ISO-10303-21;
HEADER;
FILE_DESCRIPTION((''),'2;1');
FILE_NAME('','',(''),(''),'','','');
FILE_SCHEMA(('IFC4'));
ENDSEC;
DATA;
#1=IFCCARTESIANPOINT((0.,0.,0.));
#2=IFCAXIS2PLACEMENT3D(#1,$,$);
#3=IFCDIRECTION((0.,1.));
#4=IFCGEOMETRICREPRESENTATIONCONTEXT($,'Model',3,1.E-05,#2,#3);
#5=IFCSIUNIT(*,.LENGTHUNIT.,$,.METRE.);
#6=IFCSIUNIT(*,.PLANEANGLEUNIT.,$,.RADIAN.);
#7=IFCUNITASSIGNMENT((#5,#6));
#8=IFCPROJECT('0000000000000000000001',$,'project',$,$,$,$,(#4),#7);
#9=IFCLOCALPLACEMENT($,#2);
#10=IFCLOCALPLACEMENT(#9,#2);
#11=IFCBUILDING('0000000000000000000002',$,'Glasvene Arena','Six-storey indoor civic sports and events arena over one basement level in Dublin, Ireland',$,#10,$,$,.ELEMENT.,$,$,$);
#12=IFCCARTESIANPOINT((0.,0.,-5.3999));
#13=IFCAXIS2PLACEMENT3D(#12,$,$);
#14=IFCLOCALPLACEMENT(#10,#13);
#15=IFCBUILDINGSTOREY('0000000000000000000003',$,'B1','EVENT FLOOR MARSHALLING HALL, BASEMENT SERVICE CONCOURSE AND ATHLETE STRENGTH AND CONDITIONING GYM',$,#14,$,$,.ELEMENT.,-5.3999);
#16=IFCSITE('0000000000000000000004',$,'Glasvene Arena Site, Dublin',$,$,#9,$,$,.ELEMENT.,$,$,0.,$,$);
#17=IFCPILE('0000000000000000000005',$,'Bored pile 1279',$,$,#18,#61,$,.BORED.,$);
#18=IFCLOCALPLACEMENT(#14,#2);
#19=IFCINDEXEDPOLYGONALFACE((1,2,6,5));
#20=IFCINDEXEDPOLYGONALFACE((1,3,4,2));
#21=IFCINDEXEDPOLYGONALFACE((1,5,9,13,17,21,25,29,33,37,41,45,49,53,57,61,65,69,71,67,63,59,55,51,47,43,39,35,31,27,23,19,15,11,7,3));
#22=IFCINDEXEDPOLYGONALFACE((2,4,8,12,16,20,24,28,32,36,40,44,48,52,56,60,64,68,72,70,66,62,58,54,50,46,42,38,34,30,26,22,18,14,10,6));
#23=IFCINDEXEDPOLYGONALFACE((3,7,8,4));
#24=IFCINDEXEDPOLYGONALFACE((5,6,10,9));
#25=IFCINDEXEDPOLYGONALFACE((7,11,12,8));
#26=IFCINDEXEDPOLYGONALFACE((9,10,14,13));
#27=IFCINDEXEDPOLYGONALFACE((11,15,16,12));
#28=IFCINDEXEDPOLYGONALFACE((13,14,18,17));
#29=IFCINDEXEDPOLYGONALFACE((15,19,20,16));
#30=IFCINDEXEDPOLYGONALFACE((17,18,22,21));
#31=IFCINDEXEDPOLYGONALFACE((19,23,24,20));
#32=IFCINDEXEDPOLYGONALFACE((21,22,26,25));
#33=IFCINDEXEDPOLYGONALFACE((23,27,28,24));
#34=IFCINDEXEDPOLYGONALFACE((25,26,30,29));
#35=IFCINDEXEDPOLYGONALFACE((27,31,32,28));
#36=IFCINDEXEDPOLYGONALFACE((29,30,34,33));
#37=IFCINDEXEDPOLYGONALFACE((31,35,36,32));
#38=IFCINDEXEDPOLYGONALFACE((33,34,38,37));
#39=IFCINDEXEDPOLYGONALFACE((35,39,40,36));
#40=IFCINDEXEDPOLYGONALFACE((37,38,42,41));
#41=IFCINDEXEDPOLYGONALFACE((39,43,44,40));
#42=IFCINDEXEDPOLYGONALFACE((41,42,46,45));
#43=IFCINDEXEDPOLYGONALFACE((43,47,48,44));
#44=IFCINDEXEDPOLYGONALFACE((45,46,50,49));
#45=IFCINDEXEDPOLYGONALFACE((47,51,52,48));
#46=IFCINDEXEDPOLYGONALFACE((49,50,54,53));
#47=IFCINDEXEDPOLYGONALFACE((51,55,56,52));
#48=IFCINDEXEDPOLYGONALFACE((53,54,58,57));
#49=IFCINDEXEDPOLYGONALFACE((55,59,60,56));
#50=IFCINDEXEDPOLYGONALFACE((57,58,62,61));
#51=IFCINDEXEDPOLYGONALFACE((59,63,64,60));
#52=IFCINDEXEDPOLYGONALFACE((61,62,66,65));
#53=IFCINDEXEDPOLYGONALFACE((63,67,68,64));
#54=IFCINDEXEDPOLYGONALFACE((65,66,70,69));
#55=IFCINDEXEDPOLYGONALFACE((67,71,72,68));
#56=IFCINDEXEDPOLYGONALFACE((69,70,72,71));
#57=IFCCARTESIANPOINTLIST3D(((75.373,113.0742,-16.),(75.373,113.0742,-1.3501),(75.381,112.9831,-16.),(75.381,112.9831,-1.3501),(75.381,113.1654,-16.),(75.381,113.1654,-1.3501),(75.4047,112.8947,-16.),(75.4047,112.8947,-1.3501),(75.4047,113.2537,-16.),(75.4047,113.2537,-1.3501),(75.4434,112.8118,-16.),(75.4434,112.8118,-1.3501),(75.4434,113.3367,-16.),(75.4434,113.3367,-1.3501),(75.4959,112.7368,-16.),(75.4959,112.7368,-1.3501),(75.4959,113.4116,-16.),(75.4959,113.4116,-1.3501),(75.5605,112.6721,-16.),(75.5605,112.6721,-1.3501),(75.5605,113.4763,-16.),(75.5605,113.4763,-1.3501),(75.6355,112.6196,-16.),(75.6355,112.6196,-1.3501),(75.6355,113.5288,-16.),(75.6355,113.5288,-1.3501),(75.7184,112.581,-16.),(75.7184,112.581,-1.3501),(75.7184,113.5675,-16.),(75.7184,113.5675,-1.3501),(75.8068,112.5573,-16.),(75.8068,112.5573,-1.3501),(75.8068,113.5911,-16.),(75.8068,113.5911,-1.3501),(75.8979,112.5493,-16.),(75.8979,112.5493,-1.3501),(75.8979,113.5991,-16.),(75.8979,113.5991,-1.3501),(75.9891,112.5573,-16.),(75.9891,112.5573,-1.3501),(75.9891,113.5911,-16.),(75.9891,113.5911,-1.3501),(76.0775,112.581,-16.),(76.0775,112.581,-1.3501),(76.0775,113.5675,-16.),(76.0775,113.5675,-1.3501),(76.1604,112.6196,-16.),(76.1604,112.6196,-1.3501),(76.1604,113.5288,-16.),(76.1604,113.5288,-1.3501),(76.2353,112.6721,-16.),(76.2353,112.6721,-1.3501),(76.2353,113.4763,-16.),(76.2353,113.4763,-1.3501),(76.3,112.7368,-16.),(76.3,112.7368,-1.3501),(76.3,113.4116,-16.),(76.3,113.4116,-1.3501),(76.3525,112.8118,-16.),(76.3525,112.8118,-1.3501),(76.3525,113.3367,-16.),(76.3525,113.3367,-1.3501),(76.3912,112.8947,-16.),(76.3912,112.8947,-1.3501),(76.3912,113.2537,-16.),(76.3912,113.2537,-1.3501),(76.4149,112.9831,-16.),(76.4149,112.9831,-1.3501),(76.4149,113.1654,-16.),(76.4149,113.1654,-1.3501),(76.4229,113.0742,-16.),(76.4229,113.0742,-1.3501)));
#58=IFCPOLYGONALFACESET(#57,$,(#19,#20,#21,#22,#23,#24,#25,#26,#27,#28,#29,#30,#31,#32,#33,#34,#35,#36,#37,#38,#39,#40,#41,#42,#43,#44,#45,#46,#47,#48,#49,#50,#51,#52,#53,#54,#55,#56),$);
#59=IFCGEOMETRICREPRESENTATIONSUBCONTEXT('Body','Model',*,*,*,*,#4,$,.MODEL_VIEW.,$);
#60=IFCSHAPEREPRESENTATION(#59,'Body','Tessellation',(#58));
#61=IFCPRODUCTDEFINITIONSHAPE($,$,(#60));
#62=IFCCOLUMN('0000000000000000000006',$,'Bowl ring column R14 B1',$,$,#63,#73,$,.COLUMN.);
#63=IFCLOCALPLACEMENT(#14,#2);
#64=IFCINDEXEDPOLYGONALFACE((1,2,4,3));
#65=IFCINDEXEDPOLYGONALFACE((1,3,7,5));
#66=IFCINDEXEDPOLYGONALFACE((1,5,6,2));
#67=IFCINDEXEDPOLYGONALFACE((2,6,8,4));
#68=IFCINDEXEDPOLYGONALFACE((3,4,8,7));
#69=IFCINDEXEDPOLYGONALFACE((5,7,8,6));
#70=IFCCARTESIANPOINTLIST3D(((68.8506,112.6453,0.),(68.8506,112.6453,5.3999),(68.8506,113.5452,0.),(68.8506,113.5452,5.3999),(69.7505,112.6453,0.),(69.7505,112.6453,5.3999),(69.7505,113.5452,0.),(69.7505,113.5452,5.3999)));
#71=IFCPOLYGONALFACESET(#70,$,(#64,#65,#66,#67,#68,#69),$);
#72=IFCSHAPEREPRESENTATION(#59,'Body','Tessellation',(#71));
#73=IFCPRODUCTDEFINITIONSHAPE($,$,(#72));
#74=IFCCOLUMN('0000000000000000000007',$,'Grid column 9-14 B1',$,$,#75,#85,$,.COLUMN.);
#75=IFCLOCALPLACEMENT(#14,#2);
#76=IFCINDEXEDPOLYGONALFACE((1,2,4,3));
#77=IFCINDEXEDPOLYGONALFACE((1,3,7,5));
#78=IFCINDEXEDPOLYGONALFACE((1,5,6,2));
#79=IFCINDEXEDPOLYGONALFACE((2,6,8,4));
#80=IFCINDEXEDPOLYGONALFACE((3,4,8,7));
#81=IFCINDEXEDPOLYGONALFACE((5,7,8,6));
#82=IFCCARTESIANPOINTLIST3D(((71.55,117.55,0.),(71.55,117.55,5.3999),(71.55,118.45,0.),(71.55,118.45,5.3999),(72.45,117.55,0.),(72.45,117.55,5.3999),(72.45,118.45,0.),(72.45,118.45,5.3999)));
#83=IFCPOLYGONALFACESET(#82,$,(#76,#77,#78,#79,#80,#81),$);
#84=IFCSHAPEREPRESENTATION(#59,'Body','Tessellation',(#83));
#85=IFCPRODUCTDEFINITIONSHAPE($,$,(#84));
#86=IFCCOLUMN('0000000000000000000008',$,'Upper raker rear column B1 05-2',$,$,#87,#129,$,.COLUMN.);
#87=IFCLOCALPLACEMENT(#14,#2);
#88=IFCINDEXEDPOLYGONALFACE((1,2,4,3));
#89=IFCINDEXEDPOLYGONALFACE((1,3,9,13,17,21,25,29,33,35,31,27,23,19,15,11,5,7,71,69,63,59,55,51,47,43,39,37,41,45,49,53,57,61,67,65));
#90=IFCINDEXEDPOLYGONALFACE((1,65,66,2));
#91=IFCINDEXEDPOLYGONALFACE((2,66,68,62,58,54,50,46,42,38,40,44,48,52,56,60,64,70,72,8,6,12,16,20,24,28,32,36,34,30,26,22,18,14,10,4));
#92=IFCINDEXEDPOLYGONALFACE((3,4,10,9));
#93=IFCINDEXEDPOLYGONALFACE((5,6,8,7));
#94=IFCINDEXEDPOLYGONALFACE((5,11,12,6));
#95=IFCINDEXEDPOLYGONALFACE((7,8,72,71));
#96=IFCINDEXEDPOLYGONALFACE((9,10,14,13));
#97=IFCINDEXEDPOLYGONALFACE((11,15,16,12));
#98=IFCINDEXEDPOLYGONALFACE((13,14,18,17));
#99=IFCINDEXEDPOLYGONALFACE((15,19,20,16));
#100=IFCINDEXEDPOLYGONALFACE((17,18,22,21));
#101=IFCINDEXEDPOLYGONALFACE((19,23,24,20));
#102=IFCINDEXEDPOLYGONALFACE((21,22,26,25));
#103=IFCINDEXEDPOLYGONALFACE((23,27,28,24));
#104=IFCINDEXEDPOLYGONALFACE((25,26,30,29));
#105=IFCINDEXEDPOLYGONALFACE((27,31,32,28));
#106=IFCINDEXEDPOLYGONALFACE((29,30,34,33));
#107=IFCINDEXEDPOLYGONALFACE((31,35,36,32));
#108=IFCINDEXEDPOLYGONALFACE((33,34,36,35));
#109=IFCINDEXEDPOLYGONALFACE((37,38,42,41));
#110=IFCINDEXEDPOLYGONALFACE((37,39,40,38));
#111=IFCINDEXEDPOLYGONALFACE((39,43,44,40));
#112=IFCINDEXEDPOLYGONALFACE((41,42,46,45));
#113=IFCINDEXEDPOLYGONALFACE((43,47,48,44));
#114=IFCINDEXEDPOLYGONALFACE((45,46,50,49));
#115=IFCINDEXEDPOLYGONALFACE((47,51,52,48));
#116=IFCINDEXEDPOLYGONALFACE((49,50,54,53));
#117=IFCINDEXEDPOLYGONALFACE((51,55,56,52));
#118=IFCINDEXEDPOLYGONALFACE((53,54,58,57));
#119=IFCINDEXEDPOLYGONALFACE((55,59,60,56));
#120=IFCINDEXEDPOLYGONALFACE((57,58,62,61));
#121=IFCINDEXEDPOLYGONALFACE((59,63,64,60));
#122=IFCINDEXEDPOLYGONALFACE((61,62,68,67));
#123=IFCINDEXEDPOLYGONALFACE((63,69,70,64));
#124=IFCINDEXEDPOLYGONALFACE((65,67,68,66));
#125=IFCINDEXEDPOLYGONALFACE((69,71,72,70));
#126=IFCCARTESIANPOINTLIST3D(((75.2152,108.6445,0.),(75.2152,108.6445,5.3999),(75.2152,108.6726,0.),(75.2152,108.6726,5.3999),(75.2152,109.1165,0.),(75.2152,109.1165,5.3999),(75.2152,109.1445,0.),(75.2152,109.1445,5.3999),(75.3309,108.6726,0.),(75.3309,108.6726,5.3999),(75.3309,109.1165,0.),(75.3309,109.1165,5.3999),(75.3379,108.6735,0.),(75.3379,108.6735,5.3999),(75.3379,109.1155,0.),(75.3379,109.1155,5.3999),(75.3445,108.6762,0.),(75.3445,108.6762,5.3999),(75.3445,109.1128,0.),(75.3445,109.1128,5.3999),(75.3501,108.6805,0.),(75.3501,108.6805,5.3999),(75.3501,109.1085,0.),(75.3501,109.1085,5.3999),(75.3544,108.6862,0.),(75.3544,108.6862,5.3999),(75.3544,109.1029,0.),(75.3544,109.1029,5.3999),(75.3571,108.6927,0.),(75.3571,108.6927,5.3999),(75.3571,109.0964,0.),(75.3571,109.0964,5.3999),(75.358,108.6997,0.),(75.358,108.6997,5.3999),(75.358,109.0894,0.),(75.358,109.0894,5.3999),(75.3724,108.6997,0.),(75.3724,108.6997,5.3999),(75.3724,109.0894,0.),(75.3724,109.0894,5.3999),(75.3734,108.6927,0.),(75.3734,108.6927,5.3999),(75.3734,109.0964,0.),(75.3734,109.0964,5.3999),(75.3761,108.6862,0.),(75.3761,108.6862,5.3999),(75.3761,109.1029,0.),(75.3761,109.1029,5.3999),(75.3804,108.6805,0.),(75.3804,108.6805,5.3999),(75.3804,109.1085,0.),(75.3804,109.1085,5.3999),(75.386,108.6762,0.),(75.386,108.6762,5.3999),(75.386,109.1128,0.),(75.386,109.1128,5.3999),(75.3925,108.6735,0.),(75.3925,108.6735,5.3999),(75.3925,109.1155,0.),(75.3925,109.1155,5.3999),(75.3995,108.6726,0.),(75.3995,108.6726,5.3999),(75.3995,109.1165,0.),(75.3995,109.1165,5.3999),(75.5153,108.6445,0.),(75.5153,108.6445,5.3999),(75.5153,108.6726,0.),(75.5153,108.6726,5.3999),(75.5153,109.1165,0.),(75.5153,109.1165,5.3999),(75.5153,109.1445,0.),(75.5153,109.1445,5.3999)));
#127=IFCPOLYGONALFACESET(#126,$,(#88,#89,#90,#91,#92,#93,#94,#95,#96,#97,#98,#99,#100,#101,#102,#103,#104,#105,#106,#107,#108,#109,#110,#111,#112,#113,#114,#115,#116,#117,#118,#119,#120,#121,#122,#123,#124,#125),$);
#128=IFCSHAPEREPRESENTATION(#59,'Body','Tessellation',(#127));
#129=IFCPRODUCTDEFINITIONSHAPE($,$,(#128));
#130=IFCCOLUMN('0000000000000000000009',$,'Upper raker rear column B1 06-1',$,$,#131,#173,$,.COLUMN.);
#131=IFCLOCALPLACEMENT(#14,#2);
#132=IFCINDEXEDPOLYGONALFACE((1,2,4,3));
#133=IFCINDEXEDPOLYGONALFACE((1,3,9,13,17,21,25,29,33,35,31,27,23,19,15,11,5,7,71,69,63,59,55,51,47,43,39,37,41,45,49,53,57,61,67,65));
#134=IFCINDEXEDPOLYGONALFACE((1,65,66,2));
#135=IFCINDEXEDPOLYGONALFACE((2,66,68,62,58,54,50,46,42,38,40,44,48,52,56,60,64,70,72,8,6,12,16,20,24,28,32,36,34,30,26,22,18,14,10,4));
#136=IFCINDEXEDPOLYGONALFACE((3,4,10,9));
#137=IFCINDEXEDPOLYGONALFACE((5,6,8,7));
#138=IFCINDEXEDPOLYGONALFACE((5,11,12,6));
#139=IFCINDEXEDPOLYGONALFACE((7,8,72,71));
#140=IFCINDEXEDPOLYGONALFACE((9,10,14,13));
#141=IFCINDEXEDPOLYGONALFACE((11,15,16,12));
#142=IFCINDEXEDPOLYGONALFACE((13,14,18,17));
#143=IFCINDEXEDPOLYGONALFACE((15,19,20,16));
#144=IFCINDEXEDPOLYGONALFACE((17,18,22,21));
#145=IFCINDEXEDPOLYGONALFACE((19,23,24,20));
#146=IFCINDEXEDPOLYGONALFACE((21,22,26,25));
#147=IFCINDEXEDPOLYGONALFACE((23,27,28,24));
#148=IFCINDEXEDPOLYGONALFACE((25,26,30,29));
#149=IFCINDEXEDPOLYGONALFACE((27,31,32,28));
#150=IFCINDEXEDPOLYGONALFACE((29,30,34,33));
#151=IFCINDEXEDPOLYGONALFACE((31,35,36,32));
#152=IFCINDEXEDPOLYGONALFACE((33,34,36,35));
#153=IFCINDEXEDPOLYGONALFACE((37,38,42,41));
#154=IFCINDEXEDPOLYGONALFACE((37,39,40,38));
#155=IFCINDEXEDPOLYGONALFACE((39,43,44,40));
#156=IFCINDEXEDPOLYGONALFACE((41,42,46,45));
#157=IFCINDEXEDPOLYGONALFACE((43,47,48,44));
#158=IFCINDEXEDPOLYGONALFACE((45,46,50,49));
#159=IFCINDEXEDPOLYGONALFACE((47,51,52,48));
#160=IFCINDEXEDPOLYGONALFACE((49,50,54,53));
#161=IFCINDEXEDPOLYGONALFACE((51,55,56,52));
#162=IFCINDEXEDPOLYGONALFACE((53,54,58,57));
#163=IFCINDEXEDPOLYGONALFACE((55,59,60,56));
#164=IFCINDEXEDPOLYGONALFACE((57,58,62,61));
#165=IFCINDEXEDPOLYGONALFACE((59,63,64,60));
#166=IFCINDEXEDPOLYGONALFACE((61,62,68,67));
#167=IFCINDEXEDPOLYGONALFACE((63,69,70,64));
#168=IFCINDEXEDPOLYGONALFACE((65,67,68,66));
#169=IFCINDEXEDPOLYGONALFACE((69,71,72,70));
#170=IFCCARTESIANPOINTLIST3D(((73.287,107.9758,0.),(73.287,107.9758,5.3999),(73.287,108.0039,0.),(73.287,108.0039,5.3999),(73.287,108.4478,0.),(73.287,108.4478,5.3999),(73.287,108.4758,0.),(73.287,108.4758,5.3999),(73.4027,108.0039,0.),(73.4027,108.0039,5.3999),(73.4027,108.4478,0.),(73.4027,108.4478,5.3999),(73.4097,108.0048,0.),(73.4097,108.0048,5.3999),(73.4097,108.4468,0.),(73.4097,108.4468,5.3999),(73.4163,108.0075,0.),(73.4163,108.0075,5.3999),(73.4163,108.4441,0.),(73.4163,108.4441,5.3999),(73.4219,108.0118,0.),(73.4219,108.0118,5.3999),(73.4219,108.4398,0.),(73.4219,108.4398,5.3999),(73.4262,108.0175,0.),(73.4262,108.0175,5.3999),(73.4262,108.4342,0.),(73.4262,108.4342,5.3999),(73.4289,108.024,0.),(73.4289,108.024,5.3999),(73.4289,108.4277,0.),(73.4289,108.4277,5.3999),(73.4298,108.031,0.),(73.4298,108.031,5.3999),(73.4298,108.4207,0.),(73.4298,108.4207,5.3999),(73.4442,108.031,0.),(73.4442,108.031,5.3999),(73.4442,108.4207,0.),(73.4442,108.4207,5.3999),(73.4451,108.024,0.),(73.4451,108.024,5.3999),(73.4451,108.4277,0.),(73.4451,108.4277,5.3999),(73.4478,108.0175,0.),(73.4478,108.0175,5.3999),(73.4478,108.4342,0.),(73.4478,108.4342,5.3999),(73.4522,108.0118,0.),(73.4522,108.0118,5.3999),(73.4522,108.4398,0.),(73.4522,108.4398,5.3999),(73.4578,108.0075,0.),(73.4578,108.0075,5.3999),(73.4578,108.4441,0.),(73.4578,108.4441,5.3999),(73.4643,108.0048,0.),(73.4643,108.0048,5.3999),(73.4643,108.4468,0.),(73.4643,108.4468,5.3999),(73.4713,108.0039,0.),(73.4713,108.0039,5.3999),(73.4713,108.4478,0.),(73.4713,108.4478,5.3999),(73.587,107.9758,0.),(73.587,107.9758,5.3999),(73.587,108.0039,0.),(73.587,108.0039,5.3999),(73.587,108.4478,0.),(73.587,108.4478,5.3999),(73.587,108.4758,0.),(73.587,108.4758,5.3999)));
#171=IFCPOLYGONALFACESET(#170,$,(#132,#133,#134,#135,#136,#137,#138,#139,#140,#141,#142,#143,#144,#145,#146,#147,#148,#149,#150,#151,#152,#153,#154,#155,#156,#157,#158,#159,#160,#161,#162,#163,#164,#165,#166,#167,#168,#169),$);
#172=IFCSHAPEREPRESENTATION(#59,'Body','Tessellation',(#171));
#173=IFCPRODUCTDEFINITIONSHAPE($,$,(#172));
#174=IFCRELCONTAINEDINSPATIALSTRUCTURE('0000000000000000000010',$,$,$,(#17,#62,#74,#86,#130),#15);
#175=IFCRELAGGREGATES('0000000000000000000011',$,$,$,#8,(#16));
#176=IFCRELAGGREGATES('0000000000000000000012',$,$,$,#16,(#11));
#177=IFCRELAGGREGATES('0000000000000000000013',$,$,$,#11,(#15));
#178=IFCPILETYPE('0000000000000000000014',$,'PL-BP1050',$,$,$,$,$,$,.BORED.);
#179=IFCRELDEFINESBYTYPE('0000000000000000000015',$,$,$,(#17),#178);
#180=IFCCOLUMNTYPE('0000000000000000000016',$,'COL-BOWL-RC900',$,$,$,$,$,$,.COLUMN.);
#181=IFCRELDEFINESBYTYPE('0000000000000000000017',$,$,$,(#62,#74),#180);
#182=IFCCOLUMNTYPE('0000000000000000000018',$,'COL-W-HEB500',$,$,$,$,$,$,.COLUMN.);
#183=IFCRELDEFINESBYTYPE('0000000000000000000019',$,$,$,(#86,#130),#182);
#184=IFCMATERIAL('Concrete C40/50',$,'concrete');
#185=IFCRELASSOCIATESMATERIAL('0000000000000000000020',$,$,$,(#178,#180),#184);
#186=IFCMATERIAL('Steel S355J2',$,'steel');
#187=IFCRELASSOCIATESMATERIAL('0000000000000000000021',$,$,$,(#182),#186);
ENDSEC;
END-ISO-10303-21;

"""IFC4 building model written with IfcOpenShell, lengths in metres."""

from ifc_helpers import new_model, si_unit, direction, frame, origin, origin_2d, place, context, subcontext, project, spatial, rectangle, circle, i_section, extrude, material, material_profile, profile_set, type_object, element, save


model = new_model("IFC4")

# Units and contexts
model_context = context("Model", 3, precision=1e-05, world=origin(), true_north=direction((0.0, 1.0)))
body_context = subcontext(model_context, "Body", "Model", "MODEL_VIEW")
ifc_project = project(units=[si_unit("LENGTHUNIT", "METRE"), si_unit("PLANEANGLEUNIT", "RADIAN")], contexts=[model_context])

# Site, building, storey
site_placement = place(None, origin())
site = spatial("IfcSite", under=ifc_project, at=site_placement, Name="Glasvene Arena Site, Dublin", CompositionType="ELEMENT", RefElevation=0.0)
building_placement = place(site_placement, origin())
building = spatial("IfcBuilding", under=site, at=building_placement, Name="Glasvene Arena", Description="Six-storey indoor civic sports and events arena over one basement level in Dublin, Ireland", CompositionType="ELEMENT")
storey_placement = place(building_placement, frame((0.0, 0.0, -5.3999)))
storey = spatial("IfcBuildingStorey", under=building, at=storey_placement, Name="B1", Description="EVENT FLOOR MARSHALLING HALL, BASEMENT SERVICE CONCOURSE AND ATHLETE STRENGTH AND CONDITIONING GYM", CompositionType="ELEMENT", Elevation=-5.3999)

# Pile
ifc_material_1 = material(Name="Concrete C40/50", Category="concrete")
ifc_material_profile_1 = material_profile(ifc_material_1, circle(Radius=0.5249, at=origin_2d()), Name="BORED PILE 1050")
ifc_profile_set_1 = profile_set([ifc_material_profile_1], Name="Concrete C40/50")
pile_type = type_object("IfcPileType", Name="PL-BP1050", PredefinedType="BORED", material=ifc_profile_set_1)
for number, where, z_axis, x_axis, name in (
    (1, (75.8979, 113.0742, -1.3501), (0.0, 0.0, -1.0), (1.0, 0.0, 0.0), "Bored pile 1279"),
):
    element("IfcPile", number, at=place(storey_placement, frame(where, z_axis=z_axis, x_axis=x_axis)), inside=storey, type_object=pile_type, Name=name, PredefinedType="BORED", context=body_context, shape_type="SweptSolid", body=[
        extrude(circle(Radius=0.5249, at=origin_2d()), origin(), (0.0, 0.0, 1.0), 14.6499),
    ])

# Columns
ifc_material_profile_2 = material_profile(ifc_material_1, rectangle(XDim=0.8999, YDim=0.8999, at=origin_2d()), Name="RC 900x900")
ifc_profile_set_2 = profile_set([ifc_material_profile_2], Name="Concrete C40/50")
column_type_1 = type_object("IfcColumnType", Name="COL-BOWL-RC900", PredefinedType="COLUMN", material=ifc_profile_set_2)
for number, where, z_axis, x_axis, name in (
    (2, (69.3005, 113.0952, 0.0), (0.0, 0.0, 1.0), (1.0, 0.0, 0.0), "Bowl ring column R14 B1"),
    (3, (72.0, 118.0, 0.0), (0.0, 0.0, 1.0), (1.0, 0.0, 0.0), "Grid column 9-14 B1"),
):
    element("IfcColumn", number, at=place(storey_placement, frame(where, z_axis=z_axis, x_axis=x_axis)), inside=storey, type_object=column_type_1, Name=name, PredefinedType="COLUMN", context=body_context, shape_type="SweptSolid", body=[
        extrude(rectangle(XDim=0.8999, YDim=0.8999, at=origin_2d()), origin(), (0.0, 0.0, 1.0), 5.3999),
    ])
ifc_material_2 = material(Name="Steel S355J2", Category="steel")
ifc_material_profile_3 = material_profile(ifc_material_2, i_section(OverallWidth=0.3, OverallDepth=0.5, WebThickness=0.0144, FlangeThickness=0.0281, FilletRadius=0.0271, at=origin_2d()), Name="HEB 500")
ifc_profile_set_3 = profile_set([ifc_material_profile_3], Name="Steel S355J2")
column_type_2 = type_object("IfcColumnType", Name="COL-W-HEB500", PredefinedType="COLUMN", material=ifc_profile_set_3)
for number, where, z_axis, x_axis, name in (
    (4, (75.3652, 108.8945, 0.0), (0.0, 0.0, 1.0), (1.0, 0.0, 0.0), "Upper raker rear column B1 05-2"),
    (5, (73.437, 108.2258, 0.0), (0.0, 0.0, 1.0), (1.0, 0.0, 0.0), "Upper raker rear column B1 06-1"),
):
    element("IfcColumn", number, at=place(storey_placement, frame(where, z_axis=z_axis, x_axis=x_axis)), inside=storey, type_object=column_type_2, Name=name, PredefinedType="COLUMN", context=body_context, shape_type="SweptSolid", body=[
        extrude(i_section(OverallWidth=0.3, OverallDepth=0.5, WebThickness=0.0144, FlangeThickness=0.0281, FilletRadius=0.0271, at=origin_2d()), origin(), (0.0, 0.0, 1.0), 5.3999),
    ])

save(model, "model.ifc")
